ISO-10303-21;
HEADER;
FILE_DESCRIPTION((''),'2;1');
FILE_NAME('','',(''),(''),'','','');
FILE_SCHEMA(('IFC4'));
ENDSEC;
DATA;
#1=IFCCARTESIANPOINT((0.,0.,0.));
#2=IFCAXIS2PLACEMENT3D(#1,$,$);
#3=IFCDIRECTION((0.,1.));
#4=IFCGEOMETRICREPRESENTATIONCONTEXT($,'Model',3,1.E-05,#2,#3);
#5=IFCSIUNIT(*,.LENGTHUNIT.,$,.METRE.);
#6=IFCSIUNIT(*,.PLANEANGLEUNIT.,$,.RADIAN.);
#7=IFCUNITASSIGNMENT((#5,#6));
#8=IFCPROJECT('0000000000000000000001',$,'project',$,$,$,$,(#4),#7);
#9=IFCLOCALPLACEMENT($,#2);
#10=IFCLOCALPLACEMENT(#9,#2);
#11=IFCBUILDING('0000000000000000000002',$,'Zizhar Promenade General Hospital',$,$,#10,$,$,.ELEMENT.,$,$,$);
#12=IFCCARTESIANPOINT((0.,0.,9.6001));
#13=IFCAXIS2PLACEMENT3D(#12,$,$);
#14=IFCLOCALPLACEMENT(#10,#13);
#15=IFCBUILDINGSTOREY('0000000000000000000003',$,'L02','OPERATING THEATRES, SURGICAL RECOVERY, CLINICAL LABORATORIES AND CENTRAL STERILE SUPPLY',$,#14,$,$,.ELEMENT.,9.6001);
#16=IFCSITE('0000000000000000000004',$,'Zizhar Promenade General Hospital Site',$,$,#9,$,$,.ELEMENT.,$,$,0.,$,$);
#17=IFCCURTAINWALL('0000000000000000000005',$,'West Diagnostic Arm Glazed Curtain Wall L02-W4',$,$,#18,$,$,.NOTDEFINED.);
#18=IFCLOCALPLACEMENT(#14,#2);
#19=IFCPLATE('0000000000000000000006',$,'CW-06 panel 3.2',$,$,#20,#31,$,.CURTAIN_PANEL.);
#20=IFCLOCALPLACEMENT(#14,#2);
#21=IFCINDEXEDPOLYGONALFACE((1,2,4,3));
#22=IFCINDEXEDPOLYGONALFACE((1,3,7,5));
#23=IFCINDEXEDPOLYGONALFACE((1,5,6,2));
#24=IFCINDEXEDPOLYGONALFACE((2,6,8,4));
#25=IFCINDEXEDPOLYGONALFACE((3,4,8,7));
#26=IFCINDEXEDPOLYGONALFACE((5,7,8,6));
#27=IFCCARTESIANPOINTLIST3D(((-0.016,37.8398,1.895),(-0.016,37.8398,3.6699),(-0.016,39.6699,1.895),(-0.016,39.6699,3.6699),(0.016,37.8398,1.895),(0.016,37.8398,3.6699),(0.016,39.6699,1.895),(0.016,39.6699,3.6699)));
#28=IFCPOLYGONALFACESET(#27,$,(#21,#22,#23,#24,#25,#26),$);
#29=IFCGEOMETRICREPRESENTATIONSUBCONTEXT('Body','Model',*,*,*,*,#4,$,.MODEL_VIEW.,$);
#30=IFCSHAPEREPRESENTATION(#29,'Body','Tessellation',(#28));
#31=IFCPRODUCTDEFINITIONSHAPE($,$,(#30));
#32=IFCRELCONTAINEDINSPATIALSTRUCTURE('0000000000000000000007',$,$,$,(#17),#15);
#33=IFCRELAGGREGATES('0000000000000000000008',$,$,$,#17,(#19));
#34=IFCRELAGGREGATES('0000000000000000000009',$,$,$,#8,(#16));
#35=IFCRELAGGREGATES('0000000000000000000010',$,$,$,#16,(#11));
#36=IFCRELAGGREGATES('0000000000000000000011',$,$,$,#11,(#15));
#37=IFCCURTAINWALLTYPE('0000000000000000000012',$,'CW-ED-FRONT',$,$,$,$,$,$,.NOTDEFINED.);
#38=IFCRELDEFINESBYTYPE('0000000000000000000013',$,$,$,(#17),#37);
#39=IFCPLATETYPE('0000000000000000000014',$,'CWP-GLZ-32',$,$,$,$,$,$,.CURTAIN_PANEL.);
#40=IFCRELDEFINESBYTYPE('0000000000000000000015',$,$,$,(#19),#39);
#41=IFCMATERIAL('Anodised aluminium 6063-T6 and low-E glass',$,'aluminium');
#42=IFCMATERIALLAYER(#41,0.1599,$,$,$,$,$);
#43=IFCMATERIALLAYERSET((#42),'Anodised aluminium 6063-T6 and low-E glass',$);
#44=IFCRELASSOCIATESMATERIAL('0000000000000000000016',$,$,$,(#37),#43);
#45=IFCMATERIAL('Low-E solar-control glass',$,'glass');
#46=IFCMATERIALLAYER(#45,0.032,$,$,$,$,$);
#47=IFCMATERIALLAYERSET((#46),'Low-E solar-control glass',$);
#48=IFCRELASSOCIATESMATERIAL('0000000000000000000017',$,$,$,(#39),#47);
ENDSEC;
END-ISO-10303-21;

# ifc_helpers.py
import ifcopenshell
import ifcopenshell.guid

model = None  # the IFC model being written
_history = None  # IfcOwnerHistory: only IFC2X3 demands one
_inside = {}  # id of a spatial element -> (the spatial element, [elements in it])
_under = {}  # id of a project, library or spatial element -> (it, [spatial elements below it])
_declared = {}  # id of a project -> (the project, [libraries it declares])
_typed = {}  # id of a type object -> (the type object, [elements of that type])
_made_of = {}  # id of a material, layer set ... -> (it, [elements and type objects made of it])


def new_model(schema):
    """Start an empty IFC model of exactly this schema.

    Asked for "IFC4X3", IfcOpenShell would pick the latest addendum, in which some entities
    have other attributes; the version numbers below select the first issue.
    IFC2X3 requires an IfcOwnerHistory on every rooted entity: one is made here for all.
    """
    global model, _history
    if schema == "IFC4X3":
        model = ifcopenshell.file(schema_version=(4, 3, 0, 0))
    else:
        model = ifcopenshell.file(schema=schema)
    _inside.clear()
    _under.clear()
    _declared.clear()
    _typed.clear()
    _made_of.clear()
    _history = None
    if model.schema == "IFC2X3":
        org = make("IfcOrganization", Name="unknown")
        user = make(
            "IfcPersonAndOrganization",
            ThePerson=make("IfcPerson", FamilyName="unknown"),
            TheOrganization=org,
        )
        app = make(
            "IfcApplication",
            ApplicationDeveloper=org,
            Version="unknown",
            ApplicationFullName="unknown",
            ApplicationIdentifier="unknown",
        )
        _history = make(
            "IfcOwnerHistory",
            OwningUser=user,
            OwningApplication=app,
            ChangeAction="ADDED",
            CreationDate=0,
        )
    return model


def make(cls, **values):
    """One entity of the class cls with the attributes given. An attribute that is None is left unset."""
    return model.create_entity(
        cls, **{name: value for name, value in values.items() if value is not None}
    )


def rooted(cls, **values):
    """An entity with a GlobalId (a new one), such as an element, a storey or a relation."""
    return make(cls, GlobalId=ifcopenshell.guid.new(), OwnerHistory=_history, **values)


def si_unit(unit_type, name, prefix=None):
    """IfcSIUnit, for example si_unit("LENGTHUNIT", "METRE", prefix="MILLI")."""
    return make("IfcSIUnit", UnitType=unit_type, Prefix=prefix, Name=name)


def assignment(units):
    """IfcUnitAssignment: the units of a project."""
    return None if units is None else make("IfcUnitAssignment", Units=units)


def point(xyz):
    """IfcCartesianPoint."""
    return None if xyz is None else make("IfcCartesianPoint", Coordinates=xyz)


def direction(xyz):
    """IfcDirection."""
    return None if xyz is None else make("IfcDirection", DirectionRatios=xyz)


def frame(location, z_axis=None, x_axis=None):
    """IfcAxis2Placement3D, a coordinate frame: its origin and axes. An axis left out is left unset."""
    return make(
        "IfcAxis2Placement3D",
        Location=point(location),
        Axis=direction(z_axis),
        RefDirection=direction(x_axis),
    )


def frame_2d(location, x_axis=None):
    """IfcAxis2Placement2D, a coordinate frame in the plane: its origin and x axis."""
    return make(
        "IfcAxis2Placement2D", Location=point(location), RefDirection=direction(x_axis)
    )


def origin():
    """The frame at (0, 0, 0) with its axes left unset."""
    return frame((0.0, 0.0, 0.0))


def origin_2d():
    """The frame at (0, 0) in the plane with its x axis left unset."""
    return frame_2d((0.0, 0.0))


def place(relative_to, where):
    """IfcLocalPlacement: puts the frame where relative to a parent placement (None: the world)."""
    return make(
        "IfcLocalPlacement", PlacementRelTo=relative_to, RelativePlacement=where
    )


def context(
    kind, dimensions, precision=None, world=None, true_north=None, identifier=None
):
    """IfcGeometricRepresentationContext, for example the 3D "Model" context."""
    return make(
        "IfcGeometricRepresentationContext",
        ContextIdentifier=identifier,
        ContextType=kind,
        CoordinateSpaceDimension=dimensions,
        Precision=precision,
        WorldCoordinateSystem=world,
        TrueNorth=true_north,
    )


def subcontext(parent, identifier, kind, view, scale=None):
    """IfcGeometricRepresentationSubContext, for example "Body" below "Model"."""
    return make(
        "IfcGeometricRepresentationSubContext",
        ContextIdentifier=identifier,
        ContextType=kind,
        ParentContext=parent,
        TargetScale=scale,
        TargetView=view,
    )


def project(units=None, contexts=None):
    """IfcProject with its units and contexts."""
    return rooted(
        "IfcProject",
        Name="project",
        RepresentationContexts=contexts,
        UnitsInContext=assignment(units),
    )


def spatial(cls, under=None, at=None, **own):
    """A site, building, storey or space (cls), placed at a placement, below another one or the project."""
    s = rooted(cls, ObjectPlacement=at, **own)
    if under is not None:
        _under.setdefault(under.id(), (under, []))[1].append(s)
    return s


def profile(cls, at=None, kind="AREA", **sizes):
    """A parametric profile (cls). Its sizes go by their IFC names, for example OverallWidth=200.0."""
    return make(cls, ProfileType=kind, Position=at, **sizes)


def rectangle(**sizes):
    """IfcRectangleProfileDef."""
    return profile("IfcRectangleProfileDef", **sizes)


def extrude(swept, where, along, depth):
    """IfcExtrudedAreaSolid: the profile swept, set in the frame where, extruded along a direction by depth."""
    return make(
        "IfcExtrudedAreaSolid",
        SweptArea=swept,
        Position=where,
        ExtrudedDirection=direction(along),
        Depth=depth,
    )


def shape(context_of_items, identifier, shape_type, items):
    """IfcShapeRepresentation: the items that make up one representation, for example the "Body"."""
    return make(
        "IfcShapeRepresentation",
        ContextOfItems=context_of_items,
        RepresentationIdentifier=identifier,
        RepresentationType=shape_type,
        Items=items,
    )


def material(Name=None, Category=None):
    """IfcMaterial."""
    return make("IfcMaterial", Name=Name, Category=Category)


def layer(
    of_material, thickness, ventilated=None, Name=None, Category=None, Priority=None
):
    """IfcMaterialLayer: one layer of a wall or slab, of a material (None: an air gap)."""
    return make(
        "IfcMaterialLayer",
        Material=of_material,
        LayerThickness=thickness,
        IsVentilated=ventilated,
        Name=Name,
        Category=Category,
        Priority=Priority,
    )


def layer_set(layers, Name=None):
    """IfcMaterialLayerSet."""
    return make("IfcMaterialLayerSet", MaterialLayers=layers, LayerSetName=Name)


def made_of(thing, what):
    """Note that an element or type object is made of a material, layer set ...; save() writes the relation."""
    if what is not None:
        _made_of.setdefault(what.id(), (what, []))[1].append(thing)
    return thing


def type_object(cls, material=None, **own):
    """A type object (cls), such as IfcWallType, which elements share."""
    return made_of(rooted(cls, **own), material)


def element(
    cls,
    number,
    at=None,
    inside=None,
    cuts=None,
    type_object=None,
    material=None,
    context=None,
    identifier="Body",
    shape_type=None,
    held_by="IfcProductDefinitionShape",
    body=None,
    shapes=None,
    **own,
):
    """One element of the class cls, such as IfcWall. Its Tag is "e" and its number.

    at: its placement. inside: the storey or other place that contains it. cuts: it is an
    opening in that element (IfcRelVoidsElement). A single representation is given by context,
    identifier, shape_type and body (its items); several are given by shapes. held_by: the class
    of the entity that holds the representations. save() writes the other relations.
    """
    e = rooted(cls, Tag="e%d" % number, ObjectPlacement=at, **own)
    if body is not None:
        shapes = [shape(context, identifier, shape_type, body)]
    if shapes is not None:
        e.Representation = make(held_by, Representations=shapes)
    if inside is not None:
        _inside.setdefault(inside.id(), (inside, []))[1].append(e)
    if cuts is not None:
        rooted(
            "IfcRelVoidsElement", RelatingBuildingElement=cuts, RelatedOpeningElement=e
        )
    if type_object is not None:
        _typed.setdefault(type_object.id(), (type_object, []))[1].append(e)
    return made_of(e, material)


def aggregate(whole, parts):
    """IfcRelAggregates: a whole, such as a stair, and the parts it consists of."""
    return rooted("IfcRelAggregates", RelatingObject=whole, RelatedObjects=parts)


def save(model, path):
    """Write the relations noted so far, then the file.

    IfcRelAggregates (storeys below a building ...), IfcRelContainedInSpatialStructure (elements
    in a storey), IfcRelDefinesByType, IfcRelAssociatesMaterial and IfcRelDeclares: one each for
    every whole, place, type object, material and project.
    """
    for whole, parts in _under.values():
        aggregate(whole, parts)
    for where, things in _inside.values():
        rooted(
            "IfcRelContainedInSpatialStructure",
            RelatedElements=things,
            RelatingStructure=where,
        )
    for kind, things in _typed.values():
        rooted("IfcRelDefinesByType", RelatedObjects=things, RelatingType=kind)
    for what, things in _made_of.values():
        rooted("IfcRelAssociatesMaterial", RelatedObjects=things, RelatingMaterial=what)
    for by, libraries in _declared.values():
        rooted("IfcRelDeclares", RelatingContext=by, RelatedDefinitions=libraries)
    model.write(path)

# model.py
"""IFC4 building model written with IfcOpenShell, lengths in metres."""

from ifc_helpers import new_model, si_unit, direction, frame, origin, origin_2d, place, context, subcontext, project, spatial, rectangle, extrude, material, layer, layer_set, type_object, element, aggregate, save


model = new_model("IFC4")

# Units and contexts
model_context = context("Model", 3, precision=1e-05, world=origin(), true_north=direction((0.0, 1.0)))
body_context = subcontext(model_context, "Body", "Model", "MODEL_VIEW")
ifc_project = project(units=[si_unit("LENGTHUNIT", "METRE"), si_unit("PLANEANGLEUNIT", "RADIAN")], contexts=[model_context])

# Site, building, storey
site_placement = place(None, origin())
site = spatial("IfcSite", under=ifc_project, at=site_placement, Name="Zizhar Promenade General Hospital Site", CompositionType="ELEMENT", RefElevation=0.0)
building_placement = place(site_placement, origin())
building = spatial("IfcBuilding", under=site, at=building_placement, Name="Zizhar Promenade General Hospital", CompositionType="ELEMENT")
storey_placement = place(building_placement, frame((0.0, 0.0, 9.6001)))
storey = spatial("IfcBuildingStorey", under=building, at=storey_placement, Name="L02", Description="OPERATING THEATRES, SURGICAL RECOVERY, CLINICAL LABORATORIES AND CENTRAL STERILE SUPPLY", CompositionType="ELEMENT", Elevation=9.6001)

# Shared definitions
ifc_material_1 = material(Name="Anodised aluminium 6063-T6 and low-E glass", Category="aluminium")
ifc_layer_1 = layer(ifc_material_1, 0.1599)
ifc_layer_set_1 = layer_set([ifc_layer_1], Name="Anodised aluminium 6063-T6 and low-E glass")
curtain_wall_type = type_object("IfcCurtainWallType", Name="CW-ED-FRONT", PredefinedType="NOTDEFINED", material=ifc_layer_set_1)

# Curtain wall, plate
curtain_wall_1_placement = place(storey_placement, origin())
curtain_wall_1 = element("IfcCurtainWall", 1, at=curtain_wall_1_placement, inside=storey, type_object=curtain_wall_type, Name="West Diagnostic Arm Glazed Curtain Wall L02-W4", PredefinedType="NOTDEFINED")
ifc_material_2 = material(Name="Low-E solar-control glass", Category="glass")
ifc_layer_2 = layer(ifc_material_2, 0.032)
ifc_layer_set_2 = layer_set([ifc_layer_2], Name="Low-E solar-control glass")
plate_type = type_object("IfcPlateType", Name="CWP-GLZ-32", PredefinedType="CURTAIN_PANEL", material=ifc_layer_set_2)
plate_1_placement = place(storey_placement, frame((0.0, 38.7549, 1.895), z_axis=(0.0, 0.0, 1.0), x_axis=(0.0, 1.0, 0.0)))
plate_1 = element("IfcPlate", 2, at=plate_1_placement, type_object=plate_type, Name="CW-06 panel 3.2", PredefinedType="CURTAIN_PANEL", context=body_context, shape_type="SweptSolid", body=[
    extrude(rectangle(XDim=1.8301, YDim=0.032, at=origin_2d()), origin(), (0.0, 0.0, 1.0), 1.7749),
])
aggregate(curtain_wall_1, [plate_1])

save(model, "model.ifc")
